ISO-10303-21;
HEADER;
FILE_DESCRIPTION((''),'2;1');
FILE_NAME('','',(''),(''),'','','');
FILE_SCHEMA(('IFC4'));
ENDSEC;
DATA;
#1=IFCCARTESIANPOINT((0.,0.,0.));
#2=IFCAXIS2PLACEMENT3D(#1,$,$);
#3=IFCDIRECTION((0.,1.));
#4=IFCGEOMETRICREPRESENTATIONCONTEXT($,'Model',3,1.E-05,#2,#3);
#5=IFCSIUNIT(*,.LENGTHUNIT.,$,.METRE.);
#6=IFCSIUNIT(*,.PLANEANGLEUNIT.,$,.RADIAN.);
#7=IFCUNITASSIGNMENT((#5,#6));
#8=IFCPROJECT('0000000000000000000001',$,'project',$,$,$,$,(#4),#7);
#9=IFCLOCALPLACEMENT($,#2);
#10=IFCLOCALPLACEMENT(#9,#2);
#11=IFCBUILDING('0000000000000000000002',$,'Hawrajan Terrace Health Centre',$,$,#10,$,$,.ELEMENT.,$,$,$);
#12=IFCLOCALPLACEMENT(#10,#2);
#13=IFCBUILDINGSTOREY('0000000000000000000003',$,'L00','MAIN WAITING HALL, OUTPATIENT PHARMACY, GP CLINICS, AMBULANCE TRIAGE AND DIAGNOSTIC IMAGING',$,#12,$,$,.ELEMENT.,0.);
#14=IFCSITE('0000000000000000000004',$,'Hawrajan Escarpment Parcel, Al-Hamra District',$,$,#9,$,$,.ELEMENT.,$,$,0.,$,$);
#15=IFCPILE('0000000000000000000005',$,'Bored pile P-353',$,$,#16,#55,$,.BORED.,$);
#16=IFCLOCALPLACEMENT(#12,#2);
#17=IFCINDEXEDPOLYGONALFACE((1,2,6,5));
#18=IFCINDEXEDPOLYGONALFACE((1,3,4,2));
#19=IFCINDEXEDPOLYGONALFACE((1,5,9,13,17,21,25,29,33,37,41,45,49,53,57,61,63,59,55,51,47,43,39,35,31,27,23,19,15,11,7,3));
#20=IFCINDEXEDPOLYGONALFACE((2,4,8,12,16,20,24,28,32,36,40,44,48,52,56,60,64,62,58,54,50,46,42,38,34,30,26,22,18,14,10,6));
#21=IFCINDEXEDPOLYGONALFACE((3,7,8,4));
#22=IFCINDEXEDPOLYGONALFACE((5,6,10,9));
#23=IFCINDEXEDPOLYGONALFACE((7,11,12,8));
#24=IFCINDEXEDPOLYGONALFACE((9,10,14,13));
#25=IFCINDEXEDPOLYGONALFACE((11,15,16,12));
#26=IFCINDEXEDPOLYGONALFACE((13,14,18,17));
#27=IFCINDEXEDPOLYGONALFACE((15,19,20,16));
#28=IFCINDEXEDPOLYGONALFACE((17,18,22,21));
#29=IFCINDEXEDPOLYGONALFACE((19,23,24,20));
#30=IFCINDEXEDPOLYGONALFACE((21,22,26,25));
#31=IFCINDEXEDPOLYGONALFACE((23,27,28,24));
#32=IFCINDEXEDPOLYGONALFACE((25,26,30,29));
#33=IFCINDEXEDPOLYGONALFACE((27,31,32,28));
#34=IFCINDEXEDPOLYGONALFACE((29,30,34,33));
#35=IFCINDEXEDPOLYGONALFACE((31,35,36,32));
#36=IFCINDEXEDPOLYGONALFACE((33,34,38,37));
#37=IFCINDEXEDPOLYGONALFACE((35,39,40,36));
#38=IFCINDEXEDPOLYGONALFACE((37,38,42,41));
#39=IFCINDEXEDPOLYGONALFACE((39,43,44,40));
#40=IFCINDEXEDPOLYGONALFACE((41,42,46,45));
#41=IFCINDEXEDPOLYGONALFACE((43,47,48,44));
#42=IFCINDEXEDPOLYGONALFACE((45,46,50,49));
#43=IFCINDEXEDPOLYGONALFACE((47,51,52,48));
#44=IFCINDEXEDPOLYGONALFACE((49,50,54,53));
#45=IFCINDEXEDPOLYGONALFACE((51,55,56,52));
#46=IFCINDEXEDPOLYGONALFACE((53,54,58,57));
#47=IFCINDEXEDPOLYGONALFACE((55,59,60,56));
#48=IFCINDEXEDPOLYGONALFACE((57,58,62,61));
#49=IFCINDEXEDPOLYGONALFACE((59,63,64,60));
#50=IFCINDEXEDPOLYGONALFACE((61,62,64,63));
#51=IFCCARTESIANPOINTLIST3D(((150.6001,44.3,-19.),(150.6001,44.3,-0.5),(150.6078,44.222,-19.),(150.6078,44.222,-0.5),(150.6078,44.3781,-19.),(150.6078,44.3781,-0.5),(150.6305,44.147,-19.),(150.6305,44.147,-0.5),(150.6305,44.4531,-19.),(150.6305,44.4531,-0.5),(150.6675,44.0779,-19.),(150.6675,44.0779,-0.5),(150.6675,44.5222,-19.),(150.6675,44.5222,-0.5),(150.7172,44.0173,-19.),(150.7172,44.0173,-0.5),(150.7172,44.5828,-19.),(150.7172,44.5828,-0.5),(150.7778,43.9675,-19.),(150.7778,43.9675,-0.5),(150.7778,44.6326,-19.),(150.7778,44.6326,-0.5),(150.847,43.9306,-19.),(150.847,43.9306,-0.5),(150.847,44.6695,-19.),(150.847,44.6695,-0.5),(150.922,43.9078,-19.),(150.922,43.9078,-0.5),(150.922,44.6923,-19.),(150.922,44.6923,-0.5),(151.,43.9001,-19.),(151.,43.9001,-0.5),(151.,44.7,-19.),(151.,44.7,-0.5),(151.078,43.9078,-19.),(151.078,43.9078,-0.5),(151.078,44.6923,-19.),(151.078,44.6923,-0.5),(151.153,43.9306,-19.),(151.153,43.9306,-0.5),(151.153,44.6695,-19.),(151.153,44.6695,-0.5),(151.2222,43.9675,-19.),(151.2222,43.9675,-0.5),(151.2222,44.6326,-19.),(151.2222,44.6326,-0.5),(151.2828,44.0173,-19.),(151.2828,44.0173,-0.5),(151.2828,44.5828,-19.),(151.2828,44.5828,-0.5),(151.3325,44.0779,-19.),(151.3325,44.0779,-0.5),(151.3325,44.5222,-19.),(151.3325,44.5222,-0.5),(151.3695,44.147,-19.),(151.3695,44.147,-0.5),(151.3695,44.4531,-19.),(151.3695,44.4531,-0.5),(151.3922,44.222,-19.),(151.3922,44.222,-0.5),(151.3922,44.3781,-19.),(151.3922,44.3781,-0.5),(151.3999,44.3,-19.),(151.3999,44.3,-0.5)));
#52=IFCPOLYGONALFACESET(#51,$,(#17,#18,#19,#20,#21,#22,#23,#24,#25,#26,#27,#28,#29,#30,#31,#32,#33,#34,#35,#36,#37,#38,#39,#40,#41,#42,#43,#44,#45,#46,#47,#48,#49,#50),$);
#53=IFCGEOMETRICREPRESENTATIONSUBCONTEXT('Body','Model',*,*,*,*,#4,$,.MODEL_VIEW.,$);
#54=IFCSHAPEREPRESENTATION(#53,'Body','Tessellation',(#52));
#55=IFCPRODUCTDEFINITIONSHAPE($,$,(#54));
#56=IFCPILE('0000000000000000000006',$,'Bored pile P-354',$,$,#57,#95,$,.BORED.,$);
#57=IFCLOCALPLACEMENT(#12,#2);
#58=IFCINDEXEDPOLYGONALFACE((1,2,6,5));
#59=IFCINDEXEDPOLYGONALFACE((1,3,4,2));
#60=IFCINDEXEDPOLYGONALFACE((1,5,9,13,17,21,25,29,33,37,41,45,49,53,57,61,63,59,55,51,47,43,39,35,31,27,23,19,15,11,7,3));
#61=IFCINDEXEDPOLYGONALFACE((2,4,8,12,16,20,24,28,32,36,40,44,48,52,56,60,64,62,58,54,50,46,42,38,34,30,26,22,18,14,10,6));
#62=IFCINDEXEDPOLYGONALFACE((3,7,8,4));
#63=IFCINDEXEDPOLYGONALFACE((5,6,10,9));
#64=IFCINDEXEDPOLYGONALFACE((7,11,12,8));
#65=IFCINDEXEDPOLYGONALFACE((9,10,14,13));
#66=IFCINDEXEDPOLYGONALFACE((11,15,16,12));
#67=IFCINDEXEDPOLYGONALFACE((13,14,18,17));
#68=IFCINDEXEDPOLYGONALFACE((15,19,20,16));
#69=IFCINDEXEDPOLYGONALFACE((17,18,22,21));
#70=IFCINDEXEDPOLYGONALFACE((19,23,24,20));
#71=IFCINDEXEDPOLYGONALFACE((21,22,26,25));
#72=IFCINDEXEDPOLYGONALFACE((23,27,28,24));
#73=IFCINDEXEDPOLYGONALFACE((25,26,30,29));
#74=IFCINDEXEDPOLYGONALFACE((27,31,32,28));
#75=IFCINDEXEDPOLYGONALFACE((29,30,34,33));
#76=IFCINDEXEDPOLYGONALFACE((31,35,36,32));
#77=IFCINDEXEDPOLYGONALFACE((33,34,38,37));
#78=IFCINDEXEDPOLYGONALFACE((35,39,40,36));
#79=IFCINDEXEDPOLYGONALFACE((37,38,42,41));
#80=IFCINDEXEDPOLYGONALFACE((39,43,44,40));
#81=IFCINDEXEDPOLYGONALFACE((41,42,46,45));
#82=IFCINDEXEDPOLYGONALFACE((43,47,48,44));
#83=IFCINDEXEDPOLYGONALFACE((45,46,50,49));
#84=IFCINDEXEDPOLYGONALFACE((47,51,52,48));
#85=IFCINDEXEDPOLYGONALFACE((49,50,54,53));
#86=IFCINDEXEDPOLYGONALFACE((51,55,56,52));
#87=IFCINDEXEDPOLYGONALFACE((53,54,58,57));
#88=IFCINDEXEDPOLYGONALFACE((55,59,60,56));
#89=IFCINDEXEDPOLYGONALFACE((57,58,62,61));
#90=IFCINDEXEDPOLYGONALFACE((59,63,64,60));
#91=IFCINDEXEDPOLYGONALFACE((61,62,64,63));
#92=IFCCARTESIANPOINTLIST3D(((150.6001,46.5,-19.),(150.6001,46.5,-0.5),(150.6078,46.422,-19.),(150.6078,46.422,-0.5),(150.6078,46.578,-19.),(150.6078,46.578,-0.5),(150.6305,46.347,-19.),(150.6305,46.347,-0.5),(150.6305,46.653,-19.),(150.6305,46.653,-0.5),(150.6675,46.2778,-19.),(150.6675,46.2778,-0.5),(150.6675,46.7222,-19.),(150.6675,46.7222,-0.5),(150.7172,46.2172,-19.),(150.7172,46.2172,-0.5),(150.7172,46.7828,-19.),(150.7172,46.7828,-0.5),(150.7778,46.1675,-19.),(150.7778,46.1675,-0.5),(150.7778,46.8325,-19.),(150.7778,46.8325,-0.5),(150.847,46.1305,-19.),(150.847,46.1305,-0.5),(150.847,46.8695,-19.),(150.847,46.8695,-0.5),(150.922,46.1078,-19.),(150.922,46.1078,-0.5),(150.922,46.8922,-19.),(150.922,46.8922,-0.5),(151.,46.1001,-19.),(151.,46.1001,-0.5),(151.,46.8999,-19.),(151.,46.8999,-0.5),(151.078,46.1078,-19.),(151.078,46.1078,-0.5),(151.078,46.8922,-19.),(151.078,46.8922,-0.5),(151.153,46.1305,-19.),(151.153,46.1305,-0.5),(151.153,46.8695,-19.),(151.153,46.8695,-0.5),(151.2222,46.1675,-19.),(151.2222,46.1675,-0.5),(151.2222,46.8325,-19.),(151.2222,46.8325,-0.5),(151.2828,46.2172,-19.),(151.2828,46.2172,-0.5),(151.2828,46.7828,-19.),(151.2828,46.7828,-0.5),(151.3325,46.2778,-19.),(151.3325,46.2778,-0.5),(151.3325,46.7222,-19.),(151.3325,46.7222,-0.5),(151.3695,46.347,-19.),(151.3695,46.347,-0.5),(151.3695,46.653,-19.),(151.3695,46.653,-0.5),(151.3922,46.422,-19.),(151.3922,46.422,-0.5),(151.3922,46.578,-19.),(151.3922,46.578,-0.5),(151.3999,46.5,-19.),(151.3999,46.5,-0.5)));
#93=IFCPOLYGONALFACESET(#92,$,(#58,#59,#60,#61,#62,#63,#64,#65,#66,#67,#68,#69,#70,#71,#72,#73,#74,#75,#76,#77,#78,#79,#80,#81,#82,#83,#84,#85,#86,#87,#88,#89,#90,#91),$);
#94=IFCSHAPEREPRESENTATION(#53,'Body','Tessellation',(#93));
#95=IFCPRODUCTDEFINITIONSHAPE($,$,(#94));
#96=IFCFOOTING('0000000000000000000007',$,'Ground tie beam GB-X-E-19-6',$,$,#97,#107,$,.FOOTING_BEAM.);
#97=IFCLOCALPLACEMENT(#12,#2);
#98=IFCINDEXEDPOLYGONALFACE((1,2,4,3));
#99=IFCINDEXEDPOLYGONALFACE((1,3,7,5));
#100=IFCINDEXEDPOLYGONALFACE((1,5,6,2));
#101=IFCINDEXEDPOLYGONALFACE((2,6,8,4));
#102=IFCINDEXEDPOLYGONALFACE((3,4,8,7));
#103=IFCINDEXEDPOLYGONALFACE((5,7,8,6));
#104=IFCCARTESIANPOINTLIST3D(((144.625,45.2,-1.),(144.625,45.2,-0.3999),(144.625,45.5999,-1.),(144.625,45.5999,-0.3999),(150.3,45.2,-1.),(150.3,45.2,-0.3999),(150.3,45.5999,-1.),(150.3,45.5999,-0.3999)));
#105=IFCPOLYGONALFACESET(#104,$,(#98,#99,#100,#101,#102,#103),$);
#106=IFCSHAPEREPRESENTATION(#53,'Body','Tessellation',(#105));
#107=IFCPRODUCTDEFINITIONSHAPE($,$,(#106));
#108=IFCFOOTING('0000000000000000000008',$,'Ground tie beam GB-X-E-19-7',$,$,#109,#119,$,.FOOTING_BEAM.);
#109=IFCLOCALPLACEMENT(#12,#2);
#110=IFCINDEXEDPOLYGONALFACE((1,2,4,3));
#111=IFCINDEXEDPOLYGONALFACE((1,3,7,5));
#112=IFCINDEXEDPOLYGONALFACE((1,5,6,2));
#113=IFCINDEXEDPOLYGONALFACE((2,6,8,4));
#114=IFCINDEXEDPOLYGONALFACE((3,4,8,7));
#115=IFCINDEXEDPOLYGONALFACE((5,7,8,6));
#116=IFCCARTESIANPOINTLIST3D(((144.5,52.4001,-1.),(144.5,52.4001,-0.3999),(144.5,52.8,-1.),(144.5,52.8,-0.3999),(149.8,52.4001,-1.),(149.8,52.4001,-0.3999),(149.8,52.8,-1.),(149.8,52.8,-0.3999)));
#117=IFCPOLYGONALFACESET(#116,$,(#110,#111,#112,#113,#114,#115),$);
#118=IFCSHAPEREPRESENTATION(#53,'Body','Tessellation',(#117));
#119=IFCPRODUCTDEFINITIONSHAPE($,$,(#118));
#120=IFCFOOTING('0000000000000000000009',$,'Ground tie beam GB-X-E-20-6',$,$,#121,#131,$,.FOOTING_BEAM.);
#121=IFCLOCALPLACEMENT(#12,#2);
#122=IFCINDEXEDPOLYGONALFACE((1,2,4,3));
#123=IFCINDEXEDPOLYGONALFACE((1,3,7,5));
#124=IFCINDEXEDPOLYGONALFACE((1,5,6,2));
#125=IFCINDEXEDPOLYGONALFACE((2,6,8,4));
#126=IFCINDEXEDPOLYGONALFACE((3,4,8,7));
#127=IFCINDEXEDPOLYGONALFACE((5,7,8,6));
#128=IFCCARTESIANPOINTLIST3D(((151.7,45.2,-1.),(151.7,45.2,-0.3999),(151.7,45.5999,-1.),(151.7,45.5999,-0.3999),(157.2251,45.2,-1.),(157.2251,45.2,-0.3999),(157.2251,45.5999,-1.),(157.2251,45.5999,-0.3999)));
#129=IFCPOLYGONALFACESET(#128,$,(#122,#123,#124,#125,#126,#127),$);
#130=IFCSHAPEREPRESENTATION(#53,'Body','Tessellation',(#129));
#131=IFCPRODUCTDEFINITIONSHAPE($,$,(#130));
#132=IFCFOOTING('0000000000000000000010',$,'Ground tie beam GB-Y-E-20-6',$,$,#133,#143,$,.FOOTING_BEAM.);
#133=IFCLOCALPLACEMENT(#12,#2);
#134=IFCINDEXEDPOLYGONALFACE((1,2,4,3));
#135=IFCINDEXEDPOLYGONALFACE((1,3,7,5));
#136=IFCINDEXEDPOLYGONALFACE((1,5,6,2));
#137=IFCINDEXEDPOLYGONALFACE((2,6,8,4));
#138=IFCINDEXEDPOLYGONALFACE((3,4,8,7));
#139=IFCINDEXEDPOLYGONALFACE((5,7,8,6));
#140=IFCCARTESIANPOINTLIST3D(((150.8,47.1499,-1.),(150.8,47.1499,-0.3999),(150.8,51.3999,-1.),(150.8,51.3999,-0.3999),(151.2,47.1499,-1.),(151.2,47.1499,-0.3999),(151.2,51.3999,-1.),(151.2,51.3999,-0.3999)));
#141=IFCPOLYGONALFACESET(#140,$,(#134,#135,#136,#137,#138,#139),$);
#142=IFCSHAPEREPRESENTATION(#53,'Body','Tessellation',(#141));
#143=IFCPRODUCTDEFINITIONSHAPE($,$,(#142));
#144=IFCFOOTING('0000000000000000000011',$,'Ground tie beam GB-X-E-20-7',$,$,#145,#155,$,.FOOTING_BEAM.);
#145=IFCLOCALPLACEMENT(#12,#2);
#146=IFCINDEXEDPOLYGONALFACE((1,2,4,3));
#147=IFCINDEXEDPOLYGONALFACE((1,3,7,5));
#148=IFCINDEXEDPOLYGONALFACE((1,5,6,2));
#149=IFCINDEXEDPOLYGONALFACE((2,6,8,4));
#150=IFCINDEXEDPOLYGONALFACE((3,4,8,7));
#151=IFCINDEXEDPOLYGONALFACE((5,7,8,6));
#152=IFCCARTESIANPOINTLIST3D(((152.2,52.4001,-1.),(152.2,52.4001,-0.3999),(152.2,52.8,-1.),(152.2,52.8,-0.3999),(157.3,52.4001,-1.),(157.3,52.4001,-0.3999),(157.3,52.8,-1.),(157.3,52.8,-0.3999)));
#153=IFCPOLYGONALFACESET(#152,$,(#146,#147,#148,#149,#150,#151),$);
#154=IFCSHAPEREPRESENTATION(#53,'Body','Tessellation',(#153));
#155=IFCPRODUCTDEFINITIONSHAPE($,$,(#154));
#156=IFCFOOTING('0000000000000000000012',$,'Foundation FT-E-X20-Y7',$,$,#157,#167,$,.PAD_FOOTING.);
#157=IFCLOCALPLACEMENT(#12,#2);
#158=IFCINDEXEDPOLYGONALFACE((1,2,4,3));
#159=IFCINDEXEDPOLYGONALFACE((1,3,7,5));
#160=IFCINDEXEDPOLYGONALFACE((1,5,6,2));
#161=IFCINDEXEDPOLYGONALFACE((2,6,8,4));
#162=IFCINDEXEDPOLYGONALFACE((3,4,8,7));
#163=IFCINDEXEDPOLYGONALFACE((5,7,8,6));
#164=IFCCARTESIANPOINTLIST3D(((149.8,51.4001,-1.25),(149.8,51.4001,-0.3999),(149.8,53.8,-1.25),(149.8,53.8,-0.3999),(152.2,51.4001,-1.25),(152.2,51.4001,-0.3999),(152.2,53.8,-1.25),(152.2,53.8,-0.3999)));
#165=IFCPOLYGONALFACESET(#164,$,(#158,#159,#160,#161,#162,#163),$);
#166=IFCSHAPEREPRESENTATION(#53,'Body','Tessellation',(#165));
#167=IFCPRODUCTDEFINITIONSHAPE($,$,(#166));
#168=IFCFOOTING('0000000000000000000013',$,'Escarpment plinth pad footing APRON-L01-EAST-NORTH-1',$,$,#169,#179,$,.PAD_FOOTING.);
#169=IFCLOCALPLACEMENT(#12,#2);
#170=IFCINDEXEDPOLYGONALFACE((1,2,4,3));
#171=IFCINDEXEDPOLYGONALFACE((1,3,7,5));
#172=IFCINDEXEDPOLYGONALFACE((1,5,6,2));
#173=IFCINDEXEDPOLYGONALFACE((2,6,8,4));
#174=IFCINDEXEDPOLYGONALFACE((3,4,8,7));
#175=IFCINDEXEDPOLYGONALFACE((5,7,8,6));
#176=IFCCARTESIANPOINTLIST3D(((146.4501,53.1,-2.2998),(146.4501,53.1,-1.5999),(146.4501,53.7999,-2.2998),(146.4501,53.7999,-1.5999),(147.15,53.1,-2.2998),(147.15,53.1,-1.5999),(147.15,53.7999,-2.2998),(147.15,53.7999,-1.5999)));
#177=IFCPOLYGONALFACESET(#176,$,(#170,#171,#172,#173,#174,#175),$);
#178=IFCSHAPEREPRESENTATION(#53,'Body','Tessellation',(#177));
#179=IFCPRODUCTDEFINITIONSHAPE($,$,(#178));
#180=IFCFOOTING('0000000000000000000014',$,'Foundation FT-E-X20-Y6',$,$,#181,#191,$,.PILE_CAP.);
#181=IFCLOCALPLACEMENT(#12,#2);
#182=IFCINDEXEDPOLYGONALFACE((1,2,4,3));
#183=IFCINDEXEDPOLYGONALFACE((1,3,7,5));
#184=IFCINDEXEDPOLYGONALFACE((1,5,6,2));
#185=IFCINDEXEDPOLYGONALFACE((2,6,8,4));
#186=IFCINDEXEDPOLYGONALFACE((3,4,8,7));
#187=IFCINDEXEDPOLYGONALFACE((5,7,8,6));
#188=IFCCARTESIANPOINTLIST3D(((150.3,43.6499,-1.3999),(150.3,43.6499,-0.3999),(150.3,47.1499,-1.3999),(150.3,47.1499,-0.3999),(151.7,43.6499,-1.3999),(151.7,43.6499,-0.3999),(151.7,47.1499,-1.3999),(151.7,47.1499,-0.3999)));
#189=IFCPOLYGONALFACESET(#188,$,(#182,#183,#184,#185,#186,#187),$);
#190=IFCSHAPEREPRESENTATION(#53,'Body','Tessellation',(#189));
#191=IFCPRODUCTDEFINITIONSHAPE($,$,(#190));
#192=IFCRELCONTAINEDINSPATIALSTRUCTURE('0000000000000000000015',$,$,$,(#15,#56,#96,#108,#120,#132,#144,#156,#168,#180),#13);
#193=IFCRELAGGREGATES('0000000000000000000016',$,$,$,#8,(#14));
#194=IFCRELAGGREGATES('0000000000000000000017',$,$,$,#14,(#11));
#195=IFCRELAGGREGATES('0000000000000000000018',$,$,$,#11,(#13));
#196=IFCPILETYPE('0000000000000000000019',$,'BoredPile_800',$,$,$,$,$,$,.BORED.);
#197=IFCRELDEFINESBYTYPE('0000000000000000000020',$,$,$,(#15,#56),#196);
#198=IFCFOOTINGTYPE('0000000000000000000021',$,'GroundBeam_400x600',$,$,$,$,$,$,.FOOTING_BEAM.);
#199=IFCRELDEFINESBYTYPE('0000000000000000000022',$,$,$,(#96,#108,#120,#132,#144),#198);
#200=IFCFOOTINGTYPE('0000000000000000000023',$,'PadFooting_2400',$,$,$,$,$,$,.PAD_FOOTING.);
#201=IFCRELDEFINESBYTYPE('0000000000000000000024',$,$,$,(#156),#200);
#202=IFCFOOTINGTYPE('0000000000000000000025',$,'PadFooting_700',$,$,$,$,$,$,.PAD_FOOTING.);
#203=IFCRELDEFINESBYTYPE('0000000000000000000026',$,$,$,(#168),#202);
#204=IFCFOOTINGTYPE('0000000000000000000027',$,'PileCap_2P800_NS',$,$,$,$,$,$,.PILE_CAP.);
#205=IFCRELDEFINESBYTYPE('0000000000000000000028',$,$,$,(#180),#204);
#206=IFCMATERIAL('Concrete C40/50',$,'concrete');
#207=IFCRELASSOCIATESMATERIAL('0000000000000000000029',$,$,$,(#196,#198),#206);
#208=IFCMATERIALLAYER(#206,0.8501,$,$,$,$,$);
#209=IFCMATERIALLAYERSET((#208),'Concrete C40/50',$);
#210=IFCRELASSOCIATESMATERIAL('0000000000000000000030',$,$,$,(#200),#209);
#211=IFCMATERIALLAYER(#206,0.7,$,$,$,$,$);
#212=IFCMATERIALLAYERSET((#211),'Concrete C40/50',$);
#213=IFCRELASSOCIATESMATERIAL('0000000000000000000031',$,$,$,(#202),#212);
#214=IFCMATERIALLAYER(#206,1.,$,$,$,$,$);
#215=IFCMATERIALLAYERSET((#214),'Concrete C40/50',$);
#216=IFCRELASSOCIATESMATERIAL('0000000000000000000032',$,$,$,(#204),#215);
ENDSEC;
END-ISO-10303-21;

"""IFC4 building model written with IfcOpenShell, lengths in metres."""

from ifc_helpers import new_model, si_unit, direction, frame, origin, origin_2d, place, context, subcontext, project, spatial, rectangle, circle, extrude, material, layer, layer_set, material_profile, profile_set, type_object, element, save


model = new_model("IFC4")

# Units and contexts
model_context = context("Model", 3, precision=1e-05, world=origin(), true_north=direction((0.0, 1.0)))
body_context = subcontext(model_context, "Body", "Model", "MODEL_VIEW")
ifc_project = project(units=[si_unit("LENGTHUNIT", "METRE"), si_unit("PLANEANGLEUNIT", "RADIAN")], contexts=[model_context])

# Site, building, storey
site_placement = place(None, origin())
site = spatial("IfcSite", under=ifc_project, at=site_placement, Name="Hawrajan Escarpment Parcel, Al-Hamra District", CompositionType="ELEMENT", RefElevation=0.0)
building_placement = place(site_placement, origin())
building = spatial("IfcBuilding", under=site, at=building_placement, Name="Hawrajan Terrace Health Centre", CompositionType="ELEMENT")
storey_placement = place(building_placement, origin())
storey = spatial("IfcBuildingStorey", under=building, at=storey_placement, Name="L00", Description="MAIN WAITING HALL, OUTPATIENT PHARMACY, GP CLINICS, AMBULANCE TRIAGE AND DIAGNOSTIC IMAGING", CompositionType="ELEMENT", Elevation=0.0)

# Piles
ifc_material_1 = material(Name="Concrete C40/50", Category="concrete")
ifc_material_profile_1 = material_profile(ifc_material_1, circle(Radius=0.3999, at=origin_2d()), Name="BP 800")
ifc_profile_set_1 = profile_set([ifc_material_profile_1], Name="Concrete C40/50")
pile_type = type_object("IfcPileType", Name="BoredPile_800", PredefinedType="BORED", material=ifc_profile_set_1)
for number, where, z_axis, x_axis, name in (
    (1, (151.0, 44.3, -0.5), (0.0, 0.0, -1.0), (1.0, 0.0, 0.0), "Bored pile P-353"),
    (2, (151.0, 46.5, -0.5), (0.0, 0.0, -1.0), (1.0, 0.0, 0.0), "Bored pile P-354"),
):
    element("IfcPile", number, at=place(storey_placement, frame(where, z_axis=z_axis, x_axis=x_axis)), inside=storey, type_object=pile_type, Name=name, PredefinedType="BORED", context=body_context, shape_type="SweptSolid", body=[
        extrude(circle(Radius=0.3999, at=origin_2d()), origin(), (0.0, 0.0, 1.0), 18.5),
    ])

# Footings
ifc_material_profile_2 = material_profile(ifc_material_1, rectangle(XDim=0.3999, YDim=0.6001, at=origin_2d()), Name="RC BM 400x600")
ifc_profile_set_2 = profile_set([ifc_material_profile_2], Name="Concrete C40/50")
footing_type_1 = type_object("IfcFootingType", Name="GroundBeam_400x600", PredefinedType="FOOTING_BEAM", material=ifc_profile_set_2)
footing_1_placement = place(storey_placement, frame((144.625, 45.3999, -0.7), z_axis=(1.0, 0.0, 0.0), x_axis=(0.0, 1.0, 0.0)))
element("IfcFooting", 3, at=footing_1_placement, inside=storey, type_object=footing_type_1, Name="Ground tie beam GB-X-E-19-6", PredefinedType="FOOTING_BEAM", context=body_context, shape_type="SweptSolid", body=[
    extrude(rectangle(XDim=0.3999, YDim=0.6001, at=origin_2d()), origin(), (0.0, 0.0, 1.0), 5.675),
])
footing_2_placement = place(storey_placement, frame((144.5, 52.6001, -0.7), z_axis=(1.0, 0.0, 0.0), x_axis=(0.0, 1.0, 0.0)))
element("IfcFooting", 4, at=footing_2_placement, inside=storey, type_object=footing_type_1, Name="Ground tie beam GB-X-E-19-7", PredefinedType="FOOTING_BEAM", context=body_context, shape_type="SweptSolid", body=[
    extrude(rectangle(XDim=0.3999, YDim=0.6001, at=origin_2d()), origin(), (0.0, 0.0, 1.0), 5.3),
])
footing_3_placement = place(storey_placement, frame((151.7, 45.3999, -0.7), z_axis=(1.0, 0.0, 0.0), x_axis=(0.0, 1.0, 0.0)))
element("IfcFooting", 5, at=footing_3_placement, inside=storey, type_object=footing_type_1, Name="Ground tie beam GB-X-E-20-6", PredefinedType="FOOTING_BEAM", context=body_context, shape_type="SweptSolid", body=[
    extrude(rectangle(XDim=0.3999, YDim=0.6001, at=origin_2d()), origin(), (0.0, 0.0, 1.0), 5.5251),
])
footing_4_placement = place(storey_placement, frame((151.0, 47.1499, -0.7), z_axis=(0.0, 1.0, 0.0), x_axis=(-1.0, 0.0, 0.0)))
element("IfcFooting", 6, at=footing_4_placement, inside=storey, type_object=footing_type_1, Name="Ground tie beam GB-Y-E-20-6", PredefinedType="FOOTING_BEAM", context=body_context, shape_type="SweptSolid", body=[
    extrude(rectangle(XDim=0.3999, YDim=0.6001, at=origin_2d()), origin(), (0.0, 0.0, 1.0), 4.25),
])
footing_5_placement = place(storey_placement, frame((152.2, 52.6001, -0.7), z_axis=(1.0, 0.0, 0.0), x_axis=(0.0, 1.0, 0.0)))
element("IfcFooting", 7, at=footing_5_placement, inside=storey, type_object=footing_type_1, Name="Ground tie beam GB-X-E-20-7", PredefinedType="FOOTING_BEAM", context=body_context, shape_type="SweptSolid", body=[
    extrude(rectangle(XDim=0.3999, YDim=0.6001, at=origin_2d()), origin(), (0.0, 0.0, 1.0), 5.1001),
])
ifc_layer_1 = layer(ifc_material_1, 0.8501)
ifc_layer_set_1 = layer_set([ifc_layer_1], Name="Concrete C40/50")
footing_type_2 = type_object("IfcFootingType", Name="PadFooting_2400", PredefinedType="PAD_FOOTING", material=ifc_layer_set_1)
footing_6_placement = place(storey_placement, frame((151.0, 52.6001, -1.25), z_axis=(0.0, 0.0, 1.0), x_axis=(1.0, 0.0, 0.0)))
element("IfcFooting", 8, at=footing_6_placement, inside=storey, type_object=footing_type_2, Name="Foundation FT-E-X20-Y7", PredefinedType="PAD_FOOTING", context=body_context, shape_type="SweptSolid", body=[
    extrude(rectangle(XDim=2.3999, YDim=2.3999, at=origin_2d()), origin(), (0.0, 0.0, 1.0), 0.8501),
])
ifc_layer_2 = layer(ifc_material_1, 0.7)
ifc_layer_set_2 = layer_set([ifc_layer_2], Name="Concrete C40/50")
footing_type_3 = type_object("IfcFootingType", Name="PadFooting_700", PredefinedType="PAD_FOOTING", material=ifc_layer_set_2)
footing_7_placement = place(storey_placement, frame((146.8, 53.45, -2.2998), z_axis=(0.0, 0.0, 1.0), x_axis=(1.0, 0.0, 0.0)))
element("IfcFooting", 9, at=footing_7_placement, inside=storey, type_object=footing_type_3, Name="Escarpment plinth pad footing APRON-L01-EAST-NORTH-1", PredefinedType="PAD_FOOTING", context=body_context, shape_type="SweptSolid", body=[
    extrude(rectangle(XDim=0.7, YDim=0.7, at=origin_2d()), origin(), (0.0, 0.0, 1.0), 0.7),
])
ifc_layer_3 = layer(ifc_material_1, 1.0)
ifc_layer_set_3 = layer_set([ifc_layer_3], Name="Concrete C40/50")
footing_type_4 = type_object("IfcFootingType", Name="PileCap_2P800_NS", PredefinedType="PILE_CAP", material=ifc_layer_set_3)
footing_8_placement = place(storey_placement, frame((151.0, 45.3999, -1.3999), z_axis=(0.0, 0.0, 1.0), x_axis=(1.0, 0.0, 0.0)))
element("IfcFooting", 10, at=footing_8_placement, inside=storey, type_object=footing_type_4, Name="Foundation FT-E-X20-Y6", PredefinedType="PILE_CAP", context=body_context, shape_type="SweptSolid", body=[
    extrude(rectangle(XDim=1.3999, YDim=3.5, at=origin_2d()), origin(), (0.0, 0.0, 1.0), 1.0),
])

save(model, "model.ifc")
